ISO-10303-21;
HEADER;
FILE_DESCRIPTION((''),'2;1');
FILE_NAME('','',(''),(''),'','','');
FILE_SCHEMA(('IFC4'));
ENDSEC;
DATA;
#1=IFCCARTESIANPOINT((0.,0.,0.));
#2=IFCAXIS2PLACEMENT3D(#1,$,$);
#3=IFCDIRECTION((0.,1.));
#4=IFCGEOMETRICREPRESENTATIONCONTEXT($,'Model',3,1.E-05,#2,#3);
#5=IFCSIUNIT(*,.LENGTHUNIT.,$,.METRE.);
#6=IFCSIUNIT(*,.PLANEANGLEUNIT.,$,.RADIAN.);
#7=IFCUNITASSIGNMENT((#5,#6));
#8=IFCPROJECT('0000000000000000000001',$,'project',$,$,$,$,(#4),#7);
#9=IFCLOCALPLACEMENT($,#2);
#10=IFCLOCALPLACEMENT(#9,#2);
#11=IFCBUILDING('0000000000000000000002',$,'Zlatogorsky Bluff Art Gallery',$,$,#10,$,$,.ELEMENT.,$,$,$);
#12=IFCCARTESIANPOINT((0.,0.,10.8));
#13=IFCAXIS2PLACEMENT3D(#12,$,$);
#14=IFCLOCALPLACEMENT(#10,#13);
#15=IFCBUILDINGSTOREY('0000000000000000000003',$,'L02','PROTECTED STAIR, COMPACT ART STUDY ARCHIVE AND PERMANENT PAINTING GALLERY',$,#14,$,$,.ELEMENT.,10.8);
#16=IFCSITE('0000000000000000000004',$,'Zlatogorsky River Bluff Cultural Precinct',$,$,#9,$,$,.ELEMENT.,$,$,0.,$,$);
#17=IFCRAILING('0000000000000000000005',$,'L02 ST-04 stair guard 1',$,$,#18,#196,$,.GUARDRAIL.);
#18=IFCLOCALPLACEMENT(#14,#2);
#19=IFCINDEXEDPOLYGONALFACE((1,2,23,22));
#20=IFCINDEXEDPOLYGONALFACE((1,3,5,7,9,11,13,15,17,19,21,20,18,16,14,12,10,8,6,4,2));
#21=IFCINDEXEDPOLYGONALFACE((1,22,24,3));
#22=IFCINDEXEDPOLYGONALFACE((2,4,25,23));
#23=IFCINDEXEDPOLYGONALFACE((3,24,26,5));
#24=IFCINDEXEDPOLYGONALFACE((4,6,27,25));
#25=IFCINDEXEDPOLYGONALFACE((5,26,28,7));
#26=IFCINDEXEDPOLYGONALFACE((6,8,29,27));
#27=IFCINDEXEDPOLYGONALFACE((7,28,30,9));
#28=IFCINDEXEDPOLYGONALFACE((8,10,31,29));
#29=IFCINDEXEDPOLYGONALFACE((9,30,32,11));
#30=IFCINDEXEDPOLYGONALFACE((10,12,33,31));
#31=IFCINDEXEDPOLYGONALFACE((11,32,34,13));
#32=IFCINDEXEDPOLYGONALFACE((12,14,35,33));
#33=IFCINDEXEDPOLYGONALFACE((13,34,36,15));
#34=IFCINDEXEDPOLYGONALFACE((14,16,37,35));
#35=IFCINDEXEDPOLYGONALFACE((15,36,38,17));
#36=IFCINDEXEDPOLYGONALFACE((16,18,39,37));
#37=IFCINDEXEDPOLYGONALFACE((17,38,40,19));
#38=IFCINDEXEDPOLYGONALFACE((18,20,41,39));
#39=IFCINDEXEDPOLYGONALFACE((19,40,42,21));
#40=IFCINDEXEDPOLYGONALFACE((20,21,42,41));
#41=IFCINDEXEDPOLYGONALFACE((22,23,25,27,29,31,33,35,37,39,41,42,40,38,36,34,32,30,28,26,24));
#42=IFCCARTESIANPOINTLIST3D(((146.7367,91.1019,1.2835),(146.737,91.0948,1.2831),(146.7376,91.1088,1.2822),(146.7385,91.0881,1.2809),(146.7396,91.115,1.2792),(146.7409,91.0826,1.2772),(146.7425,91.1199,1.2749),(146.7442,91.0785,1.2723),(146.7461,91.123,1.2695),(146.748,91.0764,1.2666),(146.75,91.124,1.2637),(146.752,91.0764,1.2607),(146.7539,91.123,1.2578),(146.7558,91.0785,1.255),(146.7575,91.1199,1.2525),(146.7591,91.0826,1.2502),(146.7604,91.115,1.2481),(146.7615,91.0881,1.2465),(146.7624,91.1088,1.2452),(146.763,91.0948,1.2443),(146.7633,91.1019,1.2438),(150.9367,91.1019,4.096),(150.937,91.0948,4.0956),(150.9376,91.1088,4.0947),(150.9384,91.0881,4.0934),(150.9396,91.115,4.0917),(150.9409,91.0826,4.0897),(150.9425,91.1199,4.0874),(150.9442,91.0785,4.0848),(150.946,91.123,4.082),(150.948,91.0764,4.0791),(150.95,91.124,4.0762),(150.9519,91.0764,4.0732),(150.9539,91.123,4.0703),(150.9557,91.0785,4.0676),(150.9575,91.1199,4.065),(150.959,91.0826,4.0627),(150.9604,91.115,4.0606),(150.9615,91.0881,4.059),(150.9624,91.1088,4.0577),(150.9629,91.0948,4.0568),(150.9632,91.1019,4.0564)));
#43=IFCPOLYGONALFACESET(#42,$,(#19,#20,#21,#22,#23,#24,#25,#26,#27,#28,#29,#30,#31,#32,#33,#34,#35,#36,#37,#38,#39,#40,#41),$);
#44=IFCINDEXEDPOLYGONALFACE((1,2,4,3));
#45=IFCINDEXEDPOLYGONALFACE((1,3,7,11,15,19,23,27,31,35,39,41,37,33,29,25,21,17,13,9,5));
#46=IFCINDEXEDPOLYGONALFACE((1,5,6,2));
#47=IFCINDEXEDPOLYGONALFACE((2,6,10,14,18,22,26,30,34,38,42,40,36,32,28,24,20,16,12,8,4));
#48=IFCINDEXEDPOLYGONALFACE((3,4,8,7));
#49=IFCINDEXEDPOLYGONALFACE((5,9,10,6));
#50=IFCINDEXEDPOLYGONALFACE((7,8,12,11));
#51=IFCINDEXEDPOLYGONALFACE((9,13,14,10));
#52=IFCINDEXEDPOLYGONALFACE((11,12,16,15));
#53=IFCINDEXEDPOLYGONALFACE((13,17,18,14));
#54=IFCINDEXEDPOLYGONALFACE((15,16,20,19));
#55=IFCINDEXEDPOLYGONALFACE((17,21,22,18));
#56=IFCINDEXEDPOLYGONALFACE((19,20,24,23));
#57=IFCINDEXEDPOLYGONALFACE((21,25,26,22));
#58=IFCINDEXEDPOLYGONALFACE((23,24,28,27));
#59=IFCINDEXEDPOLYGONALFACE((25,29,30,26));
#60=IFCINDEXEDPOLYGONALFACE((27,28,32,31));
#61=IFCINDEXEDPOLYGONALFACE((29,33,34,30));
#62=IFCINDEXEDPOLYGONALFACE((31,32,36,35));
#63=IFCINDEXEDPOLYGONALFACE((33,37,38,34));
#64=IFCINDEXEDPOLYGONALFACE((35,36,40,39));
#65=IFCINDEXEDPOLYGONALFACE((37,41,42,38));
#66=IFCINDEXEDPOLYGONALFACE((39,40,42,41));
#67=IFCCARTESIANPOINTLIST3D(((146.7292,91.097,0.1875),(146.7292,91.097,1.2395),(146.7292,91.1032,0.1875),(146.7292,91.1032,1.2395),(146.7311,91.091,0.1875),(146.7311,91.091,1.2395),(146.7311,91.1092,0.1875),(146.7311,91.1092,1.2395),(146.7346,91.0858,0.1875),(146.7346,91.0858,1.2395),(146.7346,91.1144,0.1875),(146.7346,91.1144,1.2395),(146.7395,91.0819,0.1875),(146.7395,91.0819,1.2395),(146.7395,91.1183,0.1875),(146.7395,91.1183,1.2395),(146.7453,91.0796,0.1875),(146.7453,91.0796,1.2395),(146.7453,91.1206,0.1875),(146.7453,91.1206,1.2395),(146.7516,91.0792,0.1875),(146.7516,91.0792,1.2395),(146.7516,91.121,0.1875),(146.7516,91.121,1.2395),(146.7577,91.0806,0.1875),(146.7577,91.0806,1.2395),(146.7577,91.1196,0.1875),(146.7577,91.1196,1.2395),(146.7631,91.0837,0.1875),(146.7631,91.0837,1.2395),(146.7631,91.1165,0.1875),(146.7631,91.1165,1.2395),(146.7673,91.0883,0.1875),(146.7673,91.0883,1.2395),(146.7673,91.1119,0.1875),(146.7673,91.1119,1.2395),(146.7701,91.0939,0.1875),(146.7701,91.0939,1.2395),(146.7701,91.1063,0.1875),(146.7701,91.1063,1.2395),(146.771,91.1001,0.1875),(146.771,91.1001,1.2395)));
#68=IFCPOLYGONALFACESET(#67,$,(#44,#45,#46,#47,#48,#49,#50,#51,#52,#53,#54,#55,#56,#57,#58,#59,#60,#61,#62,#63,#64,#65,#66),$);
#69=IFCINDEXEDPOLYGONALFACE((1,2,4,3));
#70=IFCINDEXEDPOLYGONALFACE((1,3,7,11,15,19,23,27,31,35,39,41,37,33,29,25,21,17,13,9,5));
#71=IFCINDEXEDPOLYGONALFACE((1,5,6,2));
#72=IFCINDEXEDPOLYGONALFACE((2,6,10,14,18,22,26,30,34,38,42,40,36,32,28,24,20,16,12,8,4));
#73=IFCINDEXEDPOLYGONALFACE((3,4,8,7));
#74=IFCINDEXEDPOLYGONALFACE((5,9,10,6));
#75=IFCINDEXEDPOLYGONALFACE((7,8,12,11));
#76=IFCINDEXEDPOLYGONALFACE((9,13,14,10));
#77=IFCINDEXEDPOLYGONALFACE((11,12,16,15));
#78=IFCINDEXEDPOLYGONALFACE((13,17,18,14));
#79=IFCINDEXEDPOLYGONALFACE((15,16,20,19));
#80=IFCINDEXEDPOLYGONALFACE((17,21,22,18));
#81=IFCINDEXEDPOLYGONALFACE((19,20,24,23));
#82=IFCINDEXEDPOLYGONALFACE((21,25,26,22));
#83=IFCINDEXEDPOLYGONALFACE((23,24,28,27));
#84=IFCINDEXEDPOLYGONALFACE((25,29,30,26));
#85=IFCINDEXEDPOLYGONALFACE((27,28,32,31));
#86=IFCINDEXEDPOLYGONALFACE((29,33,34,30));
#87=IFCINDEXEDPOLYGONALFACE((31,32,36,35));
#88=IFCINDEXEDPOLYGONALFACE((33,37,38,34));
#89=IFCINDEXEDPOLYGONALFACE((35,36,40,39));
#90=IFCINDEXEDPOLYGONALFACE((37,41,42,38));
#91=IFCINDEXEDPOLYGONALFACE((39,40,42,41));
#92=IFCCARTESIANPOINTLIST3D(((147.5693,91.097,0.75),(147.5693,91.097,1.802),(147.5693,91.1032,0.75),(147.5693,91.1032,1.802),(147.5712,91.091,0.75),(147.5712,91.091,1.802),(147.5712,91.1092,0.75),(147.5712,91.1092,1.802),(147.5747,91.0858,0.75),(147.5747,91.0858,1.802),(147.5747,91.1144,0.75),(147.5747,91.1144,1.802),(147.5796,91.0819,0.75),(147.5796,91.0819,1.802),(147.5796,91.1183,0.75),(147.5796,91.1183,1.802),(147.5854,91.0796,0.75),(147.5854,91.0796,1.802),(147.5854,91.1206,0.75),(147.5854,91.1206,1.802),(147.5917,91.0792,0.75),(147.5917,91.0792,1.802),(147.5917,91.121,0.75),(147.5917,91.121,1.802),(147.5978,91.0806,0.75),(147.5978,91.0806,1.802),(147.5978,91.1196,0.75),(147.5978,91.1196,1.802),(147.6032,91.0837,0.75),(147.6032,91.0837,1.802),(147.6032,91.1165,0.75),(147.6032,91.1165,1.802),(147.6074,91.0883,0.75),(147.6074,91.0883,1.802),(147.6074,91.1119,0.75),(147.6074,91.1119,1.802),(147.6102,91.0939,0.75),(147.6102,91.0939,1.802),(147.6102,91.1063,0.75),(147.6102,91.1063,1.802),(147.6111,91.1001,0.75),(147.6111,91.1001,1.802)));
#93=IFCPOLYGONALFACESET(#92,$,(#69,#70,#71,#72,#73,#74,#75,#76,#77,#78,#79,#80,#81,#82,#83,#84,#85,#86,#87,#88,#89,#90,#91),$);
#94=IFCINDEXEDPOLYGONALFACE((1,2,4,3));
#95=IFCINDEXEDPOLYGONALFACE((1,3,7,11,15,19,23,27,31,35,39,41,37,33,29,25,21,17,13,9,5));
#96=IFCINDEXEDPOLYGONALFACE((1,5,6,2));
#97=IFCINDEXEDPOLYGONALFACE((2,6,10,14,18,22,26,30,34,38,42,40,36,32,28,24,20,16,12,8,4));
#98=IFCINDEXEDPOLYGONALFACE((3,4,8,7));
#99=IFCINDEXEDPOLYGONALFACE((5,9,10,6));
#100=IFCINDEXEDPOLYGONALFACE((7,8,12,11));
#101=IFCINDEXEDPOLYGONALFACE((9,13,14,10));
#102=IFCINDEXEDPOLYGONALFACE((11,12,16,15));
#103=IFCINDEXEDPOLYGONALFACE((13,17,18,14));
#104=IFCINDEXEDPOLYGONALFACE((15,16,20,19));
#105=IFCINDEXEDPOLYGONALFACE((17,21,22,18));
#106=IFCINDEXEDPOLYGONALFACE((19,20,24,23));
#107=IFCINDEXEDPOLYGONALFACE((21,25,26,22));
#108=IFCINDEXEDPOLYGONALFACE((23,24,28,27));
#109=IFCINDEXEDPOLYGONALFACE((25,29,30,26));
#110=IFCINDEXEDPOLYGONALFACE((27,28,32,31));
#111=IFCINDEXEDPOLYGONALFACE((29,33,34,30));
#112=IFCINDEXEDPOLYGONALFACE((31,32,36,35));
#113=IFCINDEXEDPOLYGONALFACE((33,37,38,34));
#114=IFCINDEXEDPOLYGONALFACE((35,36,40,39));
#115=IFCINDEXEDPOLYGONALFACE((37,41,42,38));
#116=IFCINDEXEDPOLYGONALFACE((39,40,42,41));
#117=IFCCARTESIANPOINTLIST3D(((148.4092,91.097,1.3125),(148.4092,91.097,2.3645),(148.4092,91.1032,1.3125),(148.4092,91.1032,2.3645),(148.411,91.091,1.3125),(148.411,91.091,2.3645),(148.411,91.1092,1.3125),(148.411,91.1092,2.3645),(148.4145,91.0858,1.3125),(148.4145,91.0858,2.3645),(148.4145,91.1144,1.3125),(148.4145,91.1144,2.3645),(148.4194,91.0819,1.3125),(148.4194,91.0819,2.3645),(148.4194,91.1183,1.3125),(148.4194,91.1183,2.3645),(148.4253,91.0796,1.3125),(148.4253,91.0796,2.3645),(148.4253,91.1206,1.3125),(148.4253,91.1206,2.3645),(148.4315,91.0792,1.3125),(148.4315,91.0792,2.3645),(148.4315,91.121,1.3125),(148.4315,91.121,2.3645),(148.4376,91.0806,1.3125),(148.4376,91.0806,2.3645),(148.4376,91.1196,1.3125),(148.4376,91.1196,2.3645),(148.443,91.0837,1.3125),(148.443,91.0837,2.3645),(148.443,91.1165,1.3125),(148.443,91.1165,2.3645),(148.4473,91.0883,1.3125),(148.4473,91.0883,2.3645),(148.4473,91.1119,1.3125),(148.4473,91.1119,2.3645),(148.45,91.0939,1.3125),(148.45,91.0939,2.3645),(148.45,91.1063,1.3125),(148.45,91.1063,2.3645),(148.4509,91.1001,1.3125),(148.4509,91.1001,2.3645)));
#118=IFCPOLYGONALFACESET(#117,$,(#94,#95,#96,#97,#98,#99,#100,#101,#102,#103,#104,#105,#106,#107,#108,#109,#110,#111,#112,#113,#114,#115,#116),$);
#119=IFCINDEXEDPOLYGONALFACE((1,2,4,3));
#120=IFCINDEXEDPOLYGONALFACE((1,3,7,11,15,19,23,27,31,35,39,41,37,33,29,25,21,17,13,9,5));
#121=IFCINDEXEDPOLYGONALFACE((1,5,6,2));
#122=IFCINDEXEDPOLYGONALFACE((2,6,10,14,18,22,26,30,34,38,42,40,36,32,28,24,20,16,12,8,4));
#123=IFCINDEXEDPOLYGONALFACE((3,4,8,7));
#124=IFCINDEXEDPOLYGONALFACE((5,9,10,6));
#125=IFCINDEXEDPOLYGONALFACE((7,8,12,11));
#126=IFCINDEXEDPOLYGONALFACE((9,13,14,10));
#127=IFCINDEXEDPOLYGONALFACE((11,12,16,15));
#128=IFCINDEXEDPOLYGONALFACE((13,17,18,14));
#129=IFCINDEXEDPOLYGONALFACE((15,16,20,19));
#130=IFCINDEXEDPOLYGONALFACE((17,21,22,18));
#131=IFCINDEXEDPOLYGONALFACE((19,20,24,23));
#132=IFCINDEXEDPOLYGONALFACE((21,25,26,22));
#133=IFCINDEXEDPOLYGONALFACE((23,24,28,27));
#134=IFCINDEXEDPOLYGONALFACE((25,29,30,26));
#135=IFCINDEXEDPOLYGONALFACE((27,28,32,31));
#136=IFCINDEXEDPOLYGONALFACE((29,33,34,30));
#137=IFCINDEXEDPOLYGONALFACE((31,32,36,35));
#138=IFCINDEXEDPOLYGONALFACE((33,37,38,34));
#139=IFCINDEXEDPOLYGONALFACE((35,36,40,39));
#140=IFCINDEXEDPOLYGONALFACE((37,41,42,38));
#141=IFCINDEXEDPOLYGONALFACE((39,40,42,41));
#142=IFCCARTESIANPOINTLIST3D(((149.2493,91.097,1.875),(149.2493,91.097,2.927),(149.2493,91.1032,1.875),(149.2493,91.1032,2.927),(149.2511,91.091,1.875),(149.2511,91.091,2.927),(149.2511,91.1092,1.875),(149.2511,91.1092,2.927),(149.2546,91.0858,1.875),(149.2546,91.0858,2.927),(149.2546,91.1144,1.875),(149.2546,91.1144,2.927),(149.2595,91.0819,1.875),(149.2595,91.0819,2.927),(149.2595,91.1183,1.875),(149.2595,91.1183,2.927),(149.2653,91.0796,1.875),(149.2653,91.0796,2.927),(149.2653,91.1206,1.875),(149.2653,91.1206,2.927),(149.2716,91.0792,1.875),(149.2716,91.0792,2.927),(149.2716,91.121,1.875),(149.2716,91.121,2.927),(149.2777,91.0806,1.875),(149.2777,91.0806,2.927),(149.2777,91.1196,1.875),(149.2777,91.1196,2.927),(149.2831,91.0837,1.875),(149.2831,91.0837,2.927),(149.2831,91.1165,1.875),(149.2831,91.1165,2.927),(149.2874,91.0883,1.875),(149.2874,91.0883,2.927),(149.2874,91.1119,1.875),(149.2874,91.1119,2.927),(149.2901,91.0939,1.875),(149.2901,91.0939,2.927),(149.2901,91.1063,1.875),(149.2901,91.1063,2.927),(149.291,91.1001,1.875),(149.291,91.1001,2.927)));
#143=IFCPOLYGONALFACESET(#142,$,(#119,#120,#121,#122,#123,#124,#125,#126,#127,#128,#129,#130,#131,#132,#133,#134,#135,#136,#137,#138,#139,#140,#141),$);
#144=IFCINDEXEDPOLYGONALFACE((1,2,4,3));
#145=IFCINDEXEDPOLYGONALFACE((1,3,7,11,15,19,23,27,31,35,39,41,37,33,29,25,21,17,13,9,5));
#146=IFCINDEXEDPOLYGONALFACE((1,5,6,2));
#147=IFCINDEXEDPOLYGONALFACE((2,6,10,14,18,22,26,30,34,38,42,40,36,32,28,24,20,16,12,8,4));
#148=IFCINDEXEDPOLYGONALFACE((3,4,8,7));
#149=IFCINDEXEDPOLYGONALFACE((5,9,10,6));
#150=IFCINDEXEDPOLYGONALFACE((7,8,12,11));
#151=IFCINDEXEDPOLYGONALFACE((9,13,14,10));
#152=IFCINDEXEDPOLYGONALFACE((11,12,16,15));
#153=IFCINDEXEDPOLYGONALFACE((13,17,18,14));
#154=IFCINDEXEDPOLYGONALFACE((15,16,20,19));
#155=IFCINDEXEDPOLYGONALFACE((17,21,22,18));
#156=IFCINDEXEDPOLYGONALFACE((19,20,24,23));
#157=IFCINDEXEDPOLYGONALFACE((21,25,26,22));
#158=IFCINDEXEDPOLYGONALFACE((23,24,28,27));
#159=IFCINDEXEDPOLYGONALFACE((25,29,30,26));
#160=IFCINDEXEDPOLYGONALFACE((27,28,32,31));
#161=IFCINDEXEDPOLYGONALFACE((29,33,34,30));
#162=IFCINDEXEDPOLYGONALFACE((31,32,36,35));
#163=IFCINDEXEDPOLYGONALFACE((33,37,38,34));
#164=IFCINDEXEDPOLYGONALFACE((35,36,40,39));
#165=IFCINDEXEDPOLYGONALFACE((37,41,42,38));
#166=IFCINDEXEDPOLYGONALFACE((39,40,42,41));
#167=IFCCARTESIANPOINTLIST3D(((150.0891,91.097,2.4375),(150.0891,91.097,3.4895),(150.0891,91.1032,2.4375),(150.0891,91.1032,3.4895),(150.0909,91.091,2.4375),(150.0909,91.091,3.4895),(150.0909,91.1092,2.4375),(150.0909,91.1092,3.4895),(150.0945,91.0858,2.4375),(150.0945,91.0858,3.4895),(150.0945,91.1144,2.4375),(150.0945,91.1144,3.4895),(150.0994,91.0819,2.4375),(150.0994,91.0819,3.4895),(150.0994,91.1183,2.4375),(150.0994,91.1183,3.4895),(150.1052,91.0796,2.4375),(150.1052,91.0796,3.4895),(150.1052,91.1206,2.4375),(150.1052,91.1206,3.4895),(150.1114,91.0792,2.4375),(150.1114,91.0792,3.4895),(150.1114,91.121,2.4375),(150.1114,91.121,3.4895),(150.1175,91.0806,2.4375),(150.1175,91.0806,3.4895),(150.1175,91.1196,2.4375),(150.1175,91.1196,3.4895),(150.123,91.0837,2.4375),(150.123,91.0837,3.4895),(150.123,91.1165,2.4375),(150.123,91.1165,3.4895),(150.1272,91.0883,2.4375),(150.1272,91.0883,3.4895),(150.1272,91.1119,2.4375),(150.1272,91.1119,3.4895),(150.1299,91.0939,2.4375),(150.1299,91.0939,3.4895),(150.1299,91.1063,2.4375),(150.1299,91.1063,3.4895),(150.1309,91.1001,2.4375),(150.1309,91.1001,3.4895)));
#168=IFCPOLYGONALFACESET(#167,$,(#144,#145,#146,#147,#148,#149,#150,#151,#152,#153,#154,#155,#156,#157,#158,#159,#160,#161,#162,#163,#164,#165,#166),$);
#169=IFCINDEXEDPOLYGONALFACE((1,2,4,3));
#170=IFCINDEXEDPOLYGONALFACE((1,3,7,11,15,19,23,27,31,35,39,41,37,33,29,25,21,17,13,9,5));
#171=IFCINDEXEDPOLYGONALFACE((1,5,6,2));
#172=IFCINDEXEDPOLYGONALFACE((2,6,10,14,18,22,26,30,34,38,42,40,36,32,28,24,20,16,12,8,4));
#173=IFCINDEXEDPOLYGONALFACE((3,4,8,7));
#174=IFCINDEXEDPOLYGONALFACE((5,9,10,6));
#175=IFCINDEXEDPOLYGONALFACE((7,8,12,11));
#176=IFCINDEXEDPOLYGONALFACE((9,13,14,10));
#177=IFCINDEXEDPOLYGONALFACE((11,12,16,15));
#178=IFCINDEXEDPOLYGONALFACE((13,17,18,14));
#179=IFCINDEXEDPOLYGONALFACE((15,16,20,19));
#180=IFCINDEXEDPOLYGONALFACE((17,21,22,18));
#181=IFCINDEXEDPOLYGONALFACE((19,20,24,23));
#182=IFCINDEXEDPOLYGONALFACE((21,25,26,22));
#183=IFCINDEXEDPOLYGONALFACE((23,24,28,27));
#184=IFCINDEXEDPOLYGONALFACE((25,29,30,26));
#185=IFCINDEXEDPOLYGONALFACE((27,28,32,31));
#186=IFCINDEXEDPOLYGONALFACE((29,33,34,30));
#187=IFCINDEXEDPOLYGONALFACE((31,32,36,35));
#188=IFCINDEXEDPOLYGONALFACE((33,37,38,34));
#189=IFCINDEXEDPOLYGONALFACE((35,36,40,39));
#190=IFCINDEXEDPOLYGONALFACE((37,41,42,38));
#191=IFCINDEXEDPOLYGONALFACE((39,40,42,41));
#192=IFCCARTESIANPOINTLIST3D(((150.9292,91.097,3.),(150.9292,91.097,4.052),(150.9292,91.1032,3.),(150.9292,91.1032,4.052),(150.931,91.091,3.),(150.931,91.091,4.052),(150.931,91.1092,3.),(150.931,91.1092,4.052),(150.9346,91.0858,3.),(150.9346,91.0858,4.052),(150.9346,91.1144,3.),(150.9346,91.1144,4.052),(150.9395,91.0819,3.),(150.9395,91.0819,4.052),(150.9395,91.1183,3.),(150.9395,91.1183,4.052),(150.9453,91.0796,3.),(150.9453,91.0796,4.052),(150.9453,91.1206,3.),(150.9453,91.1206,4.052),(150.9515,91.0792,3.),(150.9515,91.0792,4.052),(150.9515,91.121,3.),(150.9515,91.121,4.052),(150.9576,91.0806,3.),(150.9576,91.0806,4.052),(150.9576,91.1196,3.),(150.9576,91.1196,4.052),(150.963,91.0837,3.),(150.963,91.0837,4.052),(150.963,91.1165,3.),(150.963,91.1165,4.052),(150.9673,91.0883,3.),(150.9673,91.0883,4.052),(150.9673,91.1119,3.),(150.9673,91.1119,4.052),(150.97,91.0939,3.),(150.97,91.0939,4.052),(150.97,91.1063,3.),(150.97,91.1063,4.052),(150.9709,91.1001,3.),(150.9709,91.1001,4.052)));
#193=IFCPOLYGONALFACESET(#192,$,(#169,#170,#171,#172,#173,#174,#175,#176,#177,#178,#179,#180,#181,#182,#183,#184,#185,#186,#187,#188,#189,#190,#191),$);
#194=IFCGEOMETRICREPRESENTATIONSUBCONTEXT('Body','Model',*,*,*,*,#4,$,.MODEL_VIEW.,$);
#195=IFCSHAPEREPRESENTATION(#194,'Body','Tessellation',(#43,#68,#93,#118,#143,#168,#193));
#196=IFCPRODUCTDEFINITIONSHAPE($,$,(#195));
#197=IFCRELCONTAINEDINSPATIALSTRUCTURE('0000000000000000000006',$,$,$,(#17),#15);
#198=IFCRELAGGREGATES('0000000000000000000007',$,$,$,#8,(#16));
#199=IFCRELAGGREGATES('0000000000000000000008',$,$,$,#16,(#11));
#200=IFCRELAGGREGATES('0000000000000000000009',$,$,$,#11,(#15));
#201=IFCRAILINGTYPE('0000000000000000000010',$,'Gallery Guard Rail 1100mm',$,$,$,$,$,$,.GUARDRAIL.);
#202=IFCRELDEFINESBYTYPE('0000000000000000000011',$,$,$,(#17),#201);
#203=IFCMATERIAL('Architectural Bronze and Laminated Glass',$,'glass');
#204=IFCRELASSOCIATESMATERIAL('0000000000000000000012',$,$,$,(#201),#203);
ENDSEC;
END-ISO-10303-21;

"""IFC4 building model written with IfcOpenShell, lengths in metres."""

from ifc_helpers import new_model, si_unit, direction, frame, origin, origin_2d, place, context, subcontext, project, spatial, circle, extrude, material, type_object, element, save


model = new_model("IFC4")

# Units and contexts
model_context = context("Model", 3, precision=1e-05, world=origin(), true_north=direction((0.0, 1.0)))
body_context = subcontext(model_context, "Body", "Model", "MODEL_VIEW")
ifc_project = project(units=[si_unit("LENGTHUNIT", "METRE"), si_unit("PLANEANGLEUNIT", "RADIAN")], contexts=[model_context])

# Site, building, storey
site_placement = place(None, origin())
site = spatial("IfcSite", under=ifc_project, at=site_placement, Name="Zlatogorsky River Bluff Cultural Precinct", CompositionType="ELEMENT", RefElevation=0.0)
building_placement = place(site_placement, origin())
building = spatial("IfcBuilding", under=site, at=building_placement, Name="Zlatogorsky Bluff Art Gallery", CompositionType="ELEMENT")
storey_placement = place(building_placement, frame((0.0, 0.0, 10.8)))
storey = spatial("IfcBuildingStorey", under=building, at=storey_placement, Name="L02", Description="PROTECTED STAIR, COMPACT ART STUDY ARCHIVE AND PERMANENT PAINTING GALLERY", CompositionType="ELEMENT", Elevation=10.8)

# Railing
ifc_material_1 = material(Name="Architectural Bronze and Laminated Glass", Category="glass")
railing_type_1 = type_object("IfcRailingType", Name="Gallery Guard Rail 1100mm", PredefinedType="GUARDRAIL", material=ifc_material_1)
railing_1_placement = place(storey_placement, frame((146.75, 91.1001, 0.1875)))
element("IfcRailing", 1, at=railing_1_placement, inside=storey, type_object=railing_type_1, Name="L02 ST-04 stair guard 1", PredefinedType="GUARDRAIL", context=body_context, shape_type="SweptSolid", body=[
    extrude(circle(Radius=0.0239, at=origin_2d()), frame((0.0, 0.0, 1.0762), z_axis=(0.830904, 0.0, 0.556416), x_axis=(0.0, 1.0, 0.0)), (0.0, 0.0, 1.0), 5.0547),
    extrude(circle(Radius=0.021, at=origin_2d()), origin(), (0.0, 0.0, 1.0), 1.052),
    extrude(circle(Radius=0.021, at=origin_2d()), frame((0.8401, 0.0, 0.5625)), (0.0, 0.0, 1.0), 1.052),
    extrude(circle(Radius=0.021, at=origin_2d()), frame((1.6799, 0.0, 1.125)), (0.0, 0.0, 1.0), 1.052),
    extrude(circle(Radius=0.021, at=origin_2d()), frame((2.52, 0.0, 1.6875)), (0.0, 0.0, 1.0), 1.052),
    extrude(circle(Radius=0.021, at=origin_2d()), frame((3.3599, 0.0, 2.25)), (0.0, 0.0, 1.0), 1.052),
    extrude(circle(Radius=0.021, at=origin_2d()), frame((4.2, 0.0, 2.8125)), (0.0, 0.0, 1.0), 1.052),
])

save(model, "model.ifc")
